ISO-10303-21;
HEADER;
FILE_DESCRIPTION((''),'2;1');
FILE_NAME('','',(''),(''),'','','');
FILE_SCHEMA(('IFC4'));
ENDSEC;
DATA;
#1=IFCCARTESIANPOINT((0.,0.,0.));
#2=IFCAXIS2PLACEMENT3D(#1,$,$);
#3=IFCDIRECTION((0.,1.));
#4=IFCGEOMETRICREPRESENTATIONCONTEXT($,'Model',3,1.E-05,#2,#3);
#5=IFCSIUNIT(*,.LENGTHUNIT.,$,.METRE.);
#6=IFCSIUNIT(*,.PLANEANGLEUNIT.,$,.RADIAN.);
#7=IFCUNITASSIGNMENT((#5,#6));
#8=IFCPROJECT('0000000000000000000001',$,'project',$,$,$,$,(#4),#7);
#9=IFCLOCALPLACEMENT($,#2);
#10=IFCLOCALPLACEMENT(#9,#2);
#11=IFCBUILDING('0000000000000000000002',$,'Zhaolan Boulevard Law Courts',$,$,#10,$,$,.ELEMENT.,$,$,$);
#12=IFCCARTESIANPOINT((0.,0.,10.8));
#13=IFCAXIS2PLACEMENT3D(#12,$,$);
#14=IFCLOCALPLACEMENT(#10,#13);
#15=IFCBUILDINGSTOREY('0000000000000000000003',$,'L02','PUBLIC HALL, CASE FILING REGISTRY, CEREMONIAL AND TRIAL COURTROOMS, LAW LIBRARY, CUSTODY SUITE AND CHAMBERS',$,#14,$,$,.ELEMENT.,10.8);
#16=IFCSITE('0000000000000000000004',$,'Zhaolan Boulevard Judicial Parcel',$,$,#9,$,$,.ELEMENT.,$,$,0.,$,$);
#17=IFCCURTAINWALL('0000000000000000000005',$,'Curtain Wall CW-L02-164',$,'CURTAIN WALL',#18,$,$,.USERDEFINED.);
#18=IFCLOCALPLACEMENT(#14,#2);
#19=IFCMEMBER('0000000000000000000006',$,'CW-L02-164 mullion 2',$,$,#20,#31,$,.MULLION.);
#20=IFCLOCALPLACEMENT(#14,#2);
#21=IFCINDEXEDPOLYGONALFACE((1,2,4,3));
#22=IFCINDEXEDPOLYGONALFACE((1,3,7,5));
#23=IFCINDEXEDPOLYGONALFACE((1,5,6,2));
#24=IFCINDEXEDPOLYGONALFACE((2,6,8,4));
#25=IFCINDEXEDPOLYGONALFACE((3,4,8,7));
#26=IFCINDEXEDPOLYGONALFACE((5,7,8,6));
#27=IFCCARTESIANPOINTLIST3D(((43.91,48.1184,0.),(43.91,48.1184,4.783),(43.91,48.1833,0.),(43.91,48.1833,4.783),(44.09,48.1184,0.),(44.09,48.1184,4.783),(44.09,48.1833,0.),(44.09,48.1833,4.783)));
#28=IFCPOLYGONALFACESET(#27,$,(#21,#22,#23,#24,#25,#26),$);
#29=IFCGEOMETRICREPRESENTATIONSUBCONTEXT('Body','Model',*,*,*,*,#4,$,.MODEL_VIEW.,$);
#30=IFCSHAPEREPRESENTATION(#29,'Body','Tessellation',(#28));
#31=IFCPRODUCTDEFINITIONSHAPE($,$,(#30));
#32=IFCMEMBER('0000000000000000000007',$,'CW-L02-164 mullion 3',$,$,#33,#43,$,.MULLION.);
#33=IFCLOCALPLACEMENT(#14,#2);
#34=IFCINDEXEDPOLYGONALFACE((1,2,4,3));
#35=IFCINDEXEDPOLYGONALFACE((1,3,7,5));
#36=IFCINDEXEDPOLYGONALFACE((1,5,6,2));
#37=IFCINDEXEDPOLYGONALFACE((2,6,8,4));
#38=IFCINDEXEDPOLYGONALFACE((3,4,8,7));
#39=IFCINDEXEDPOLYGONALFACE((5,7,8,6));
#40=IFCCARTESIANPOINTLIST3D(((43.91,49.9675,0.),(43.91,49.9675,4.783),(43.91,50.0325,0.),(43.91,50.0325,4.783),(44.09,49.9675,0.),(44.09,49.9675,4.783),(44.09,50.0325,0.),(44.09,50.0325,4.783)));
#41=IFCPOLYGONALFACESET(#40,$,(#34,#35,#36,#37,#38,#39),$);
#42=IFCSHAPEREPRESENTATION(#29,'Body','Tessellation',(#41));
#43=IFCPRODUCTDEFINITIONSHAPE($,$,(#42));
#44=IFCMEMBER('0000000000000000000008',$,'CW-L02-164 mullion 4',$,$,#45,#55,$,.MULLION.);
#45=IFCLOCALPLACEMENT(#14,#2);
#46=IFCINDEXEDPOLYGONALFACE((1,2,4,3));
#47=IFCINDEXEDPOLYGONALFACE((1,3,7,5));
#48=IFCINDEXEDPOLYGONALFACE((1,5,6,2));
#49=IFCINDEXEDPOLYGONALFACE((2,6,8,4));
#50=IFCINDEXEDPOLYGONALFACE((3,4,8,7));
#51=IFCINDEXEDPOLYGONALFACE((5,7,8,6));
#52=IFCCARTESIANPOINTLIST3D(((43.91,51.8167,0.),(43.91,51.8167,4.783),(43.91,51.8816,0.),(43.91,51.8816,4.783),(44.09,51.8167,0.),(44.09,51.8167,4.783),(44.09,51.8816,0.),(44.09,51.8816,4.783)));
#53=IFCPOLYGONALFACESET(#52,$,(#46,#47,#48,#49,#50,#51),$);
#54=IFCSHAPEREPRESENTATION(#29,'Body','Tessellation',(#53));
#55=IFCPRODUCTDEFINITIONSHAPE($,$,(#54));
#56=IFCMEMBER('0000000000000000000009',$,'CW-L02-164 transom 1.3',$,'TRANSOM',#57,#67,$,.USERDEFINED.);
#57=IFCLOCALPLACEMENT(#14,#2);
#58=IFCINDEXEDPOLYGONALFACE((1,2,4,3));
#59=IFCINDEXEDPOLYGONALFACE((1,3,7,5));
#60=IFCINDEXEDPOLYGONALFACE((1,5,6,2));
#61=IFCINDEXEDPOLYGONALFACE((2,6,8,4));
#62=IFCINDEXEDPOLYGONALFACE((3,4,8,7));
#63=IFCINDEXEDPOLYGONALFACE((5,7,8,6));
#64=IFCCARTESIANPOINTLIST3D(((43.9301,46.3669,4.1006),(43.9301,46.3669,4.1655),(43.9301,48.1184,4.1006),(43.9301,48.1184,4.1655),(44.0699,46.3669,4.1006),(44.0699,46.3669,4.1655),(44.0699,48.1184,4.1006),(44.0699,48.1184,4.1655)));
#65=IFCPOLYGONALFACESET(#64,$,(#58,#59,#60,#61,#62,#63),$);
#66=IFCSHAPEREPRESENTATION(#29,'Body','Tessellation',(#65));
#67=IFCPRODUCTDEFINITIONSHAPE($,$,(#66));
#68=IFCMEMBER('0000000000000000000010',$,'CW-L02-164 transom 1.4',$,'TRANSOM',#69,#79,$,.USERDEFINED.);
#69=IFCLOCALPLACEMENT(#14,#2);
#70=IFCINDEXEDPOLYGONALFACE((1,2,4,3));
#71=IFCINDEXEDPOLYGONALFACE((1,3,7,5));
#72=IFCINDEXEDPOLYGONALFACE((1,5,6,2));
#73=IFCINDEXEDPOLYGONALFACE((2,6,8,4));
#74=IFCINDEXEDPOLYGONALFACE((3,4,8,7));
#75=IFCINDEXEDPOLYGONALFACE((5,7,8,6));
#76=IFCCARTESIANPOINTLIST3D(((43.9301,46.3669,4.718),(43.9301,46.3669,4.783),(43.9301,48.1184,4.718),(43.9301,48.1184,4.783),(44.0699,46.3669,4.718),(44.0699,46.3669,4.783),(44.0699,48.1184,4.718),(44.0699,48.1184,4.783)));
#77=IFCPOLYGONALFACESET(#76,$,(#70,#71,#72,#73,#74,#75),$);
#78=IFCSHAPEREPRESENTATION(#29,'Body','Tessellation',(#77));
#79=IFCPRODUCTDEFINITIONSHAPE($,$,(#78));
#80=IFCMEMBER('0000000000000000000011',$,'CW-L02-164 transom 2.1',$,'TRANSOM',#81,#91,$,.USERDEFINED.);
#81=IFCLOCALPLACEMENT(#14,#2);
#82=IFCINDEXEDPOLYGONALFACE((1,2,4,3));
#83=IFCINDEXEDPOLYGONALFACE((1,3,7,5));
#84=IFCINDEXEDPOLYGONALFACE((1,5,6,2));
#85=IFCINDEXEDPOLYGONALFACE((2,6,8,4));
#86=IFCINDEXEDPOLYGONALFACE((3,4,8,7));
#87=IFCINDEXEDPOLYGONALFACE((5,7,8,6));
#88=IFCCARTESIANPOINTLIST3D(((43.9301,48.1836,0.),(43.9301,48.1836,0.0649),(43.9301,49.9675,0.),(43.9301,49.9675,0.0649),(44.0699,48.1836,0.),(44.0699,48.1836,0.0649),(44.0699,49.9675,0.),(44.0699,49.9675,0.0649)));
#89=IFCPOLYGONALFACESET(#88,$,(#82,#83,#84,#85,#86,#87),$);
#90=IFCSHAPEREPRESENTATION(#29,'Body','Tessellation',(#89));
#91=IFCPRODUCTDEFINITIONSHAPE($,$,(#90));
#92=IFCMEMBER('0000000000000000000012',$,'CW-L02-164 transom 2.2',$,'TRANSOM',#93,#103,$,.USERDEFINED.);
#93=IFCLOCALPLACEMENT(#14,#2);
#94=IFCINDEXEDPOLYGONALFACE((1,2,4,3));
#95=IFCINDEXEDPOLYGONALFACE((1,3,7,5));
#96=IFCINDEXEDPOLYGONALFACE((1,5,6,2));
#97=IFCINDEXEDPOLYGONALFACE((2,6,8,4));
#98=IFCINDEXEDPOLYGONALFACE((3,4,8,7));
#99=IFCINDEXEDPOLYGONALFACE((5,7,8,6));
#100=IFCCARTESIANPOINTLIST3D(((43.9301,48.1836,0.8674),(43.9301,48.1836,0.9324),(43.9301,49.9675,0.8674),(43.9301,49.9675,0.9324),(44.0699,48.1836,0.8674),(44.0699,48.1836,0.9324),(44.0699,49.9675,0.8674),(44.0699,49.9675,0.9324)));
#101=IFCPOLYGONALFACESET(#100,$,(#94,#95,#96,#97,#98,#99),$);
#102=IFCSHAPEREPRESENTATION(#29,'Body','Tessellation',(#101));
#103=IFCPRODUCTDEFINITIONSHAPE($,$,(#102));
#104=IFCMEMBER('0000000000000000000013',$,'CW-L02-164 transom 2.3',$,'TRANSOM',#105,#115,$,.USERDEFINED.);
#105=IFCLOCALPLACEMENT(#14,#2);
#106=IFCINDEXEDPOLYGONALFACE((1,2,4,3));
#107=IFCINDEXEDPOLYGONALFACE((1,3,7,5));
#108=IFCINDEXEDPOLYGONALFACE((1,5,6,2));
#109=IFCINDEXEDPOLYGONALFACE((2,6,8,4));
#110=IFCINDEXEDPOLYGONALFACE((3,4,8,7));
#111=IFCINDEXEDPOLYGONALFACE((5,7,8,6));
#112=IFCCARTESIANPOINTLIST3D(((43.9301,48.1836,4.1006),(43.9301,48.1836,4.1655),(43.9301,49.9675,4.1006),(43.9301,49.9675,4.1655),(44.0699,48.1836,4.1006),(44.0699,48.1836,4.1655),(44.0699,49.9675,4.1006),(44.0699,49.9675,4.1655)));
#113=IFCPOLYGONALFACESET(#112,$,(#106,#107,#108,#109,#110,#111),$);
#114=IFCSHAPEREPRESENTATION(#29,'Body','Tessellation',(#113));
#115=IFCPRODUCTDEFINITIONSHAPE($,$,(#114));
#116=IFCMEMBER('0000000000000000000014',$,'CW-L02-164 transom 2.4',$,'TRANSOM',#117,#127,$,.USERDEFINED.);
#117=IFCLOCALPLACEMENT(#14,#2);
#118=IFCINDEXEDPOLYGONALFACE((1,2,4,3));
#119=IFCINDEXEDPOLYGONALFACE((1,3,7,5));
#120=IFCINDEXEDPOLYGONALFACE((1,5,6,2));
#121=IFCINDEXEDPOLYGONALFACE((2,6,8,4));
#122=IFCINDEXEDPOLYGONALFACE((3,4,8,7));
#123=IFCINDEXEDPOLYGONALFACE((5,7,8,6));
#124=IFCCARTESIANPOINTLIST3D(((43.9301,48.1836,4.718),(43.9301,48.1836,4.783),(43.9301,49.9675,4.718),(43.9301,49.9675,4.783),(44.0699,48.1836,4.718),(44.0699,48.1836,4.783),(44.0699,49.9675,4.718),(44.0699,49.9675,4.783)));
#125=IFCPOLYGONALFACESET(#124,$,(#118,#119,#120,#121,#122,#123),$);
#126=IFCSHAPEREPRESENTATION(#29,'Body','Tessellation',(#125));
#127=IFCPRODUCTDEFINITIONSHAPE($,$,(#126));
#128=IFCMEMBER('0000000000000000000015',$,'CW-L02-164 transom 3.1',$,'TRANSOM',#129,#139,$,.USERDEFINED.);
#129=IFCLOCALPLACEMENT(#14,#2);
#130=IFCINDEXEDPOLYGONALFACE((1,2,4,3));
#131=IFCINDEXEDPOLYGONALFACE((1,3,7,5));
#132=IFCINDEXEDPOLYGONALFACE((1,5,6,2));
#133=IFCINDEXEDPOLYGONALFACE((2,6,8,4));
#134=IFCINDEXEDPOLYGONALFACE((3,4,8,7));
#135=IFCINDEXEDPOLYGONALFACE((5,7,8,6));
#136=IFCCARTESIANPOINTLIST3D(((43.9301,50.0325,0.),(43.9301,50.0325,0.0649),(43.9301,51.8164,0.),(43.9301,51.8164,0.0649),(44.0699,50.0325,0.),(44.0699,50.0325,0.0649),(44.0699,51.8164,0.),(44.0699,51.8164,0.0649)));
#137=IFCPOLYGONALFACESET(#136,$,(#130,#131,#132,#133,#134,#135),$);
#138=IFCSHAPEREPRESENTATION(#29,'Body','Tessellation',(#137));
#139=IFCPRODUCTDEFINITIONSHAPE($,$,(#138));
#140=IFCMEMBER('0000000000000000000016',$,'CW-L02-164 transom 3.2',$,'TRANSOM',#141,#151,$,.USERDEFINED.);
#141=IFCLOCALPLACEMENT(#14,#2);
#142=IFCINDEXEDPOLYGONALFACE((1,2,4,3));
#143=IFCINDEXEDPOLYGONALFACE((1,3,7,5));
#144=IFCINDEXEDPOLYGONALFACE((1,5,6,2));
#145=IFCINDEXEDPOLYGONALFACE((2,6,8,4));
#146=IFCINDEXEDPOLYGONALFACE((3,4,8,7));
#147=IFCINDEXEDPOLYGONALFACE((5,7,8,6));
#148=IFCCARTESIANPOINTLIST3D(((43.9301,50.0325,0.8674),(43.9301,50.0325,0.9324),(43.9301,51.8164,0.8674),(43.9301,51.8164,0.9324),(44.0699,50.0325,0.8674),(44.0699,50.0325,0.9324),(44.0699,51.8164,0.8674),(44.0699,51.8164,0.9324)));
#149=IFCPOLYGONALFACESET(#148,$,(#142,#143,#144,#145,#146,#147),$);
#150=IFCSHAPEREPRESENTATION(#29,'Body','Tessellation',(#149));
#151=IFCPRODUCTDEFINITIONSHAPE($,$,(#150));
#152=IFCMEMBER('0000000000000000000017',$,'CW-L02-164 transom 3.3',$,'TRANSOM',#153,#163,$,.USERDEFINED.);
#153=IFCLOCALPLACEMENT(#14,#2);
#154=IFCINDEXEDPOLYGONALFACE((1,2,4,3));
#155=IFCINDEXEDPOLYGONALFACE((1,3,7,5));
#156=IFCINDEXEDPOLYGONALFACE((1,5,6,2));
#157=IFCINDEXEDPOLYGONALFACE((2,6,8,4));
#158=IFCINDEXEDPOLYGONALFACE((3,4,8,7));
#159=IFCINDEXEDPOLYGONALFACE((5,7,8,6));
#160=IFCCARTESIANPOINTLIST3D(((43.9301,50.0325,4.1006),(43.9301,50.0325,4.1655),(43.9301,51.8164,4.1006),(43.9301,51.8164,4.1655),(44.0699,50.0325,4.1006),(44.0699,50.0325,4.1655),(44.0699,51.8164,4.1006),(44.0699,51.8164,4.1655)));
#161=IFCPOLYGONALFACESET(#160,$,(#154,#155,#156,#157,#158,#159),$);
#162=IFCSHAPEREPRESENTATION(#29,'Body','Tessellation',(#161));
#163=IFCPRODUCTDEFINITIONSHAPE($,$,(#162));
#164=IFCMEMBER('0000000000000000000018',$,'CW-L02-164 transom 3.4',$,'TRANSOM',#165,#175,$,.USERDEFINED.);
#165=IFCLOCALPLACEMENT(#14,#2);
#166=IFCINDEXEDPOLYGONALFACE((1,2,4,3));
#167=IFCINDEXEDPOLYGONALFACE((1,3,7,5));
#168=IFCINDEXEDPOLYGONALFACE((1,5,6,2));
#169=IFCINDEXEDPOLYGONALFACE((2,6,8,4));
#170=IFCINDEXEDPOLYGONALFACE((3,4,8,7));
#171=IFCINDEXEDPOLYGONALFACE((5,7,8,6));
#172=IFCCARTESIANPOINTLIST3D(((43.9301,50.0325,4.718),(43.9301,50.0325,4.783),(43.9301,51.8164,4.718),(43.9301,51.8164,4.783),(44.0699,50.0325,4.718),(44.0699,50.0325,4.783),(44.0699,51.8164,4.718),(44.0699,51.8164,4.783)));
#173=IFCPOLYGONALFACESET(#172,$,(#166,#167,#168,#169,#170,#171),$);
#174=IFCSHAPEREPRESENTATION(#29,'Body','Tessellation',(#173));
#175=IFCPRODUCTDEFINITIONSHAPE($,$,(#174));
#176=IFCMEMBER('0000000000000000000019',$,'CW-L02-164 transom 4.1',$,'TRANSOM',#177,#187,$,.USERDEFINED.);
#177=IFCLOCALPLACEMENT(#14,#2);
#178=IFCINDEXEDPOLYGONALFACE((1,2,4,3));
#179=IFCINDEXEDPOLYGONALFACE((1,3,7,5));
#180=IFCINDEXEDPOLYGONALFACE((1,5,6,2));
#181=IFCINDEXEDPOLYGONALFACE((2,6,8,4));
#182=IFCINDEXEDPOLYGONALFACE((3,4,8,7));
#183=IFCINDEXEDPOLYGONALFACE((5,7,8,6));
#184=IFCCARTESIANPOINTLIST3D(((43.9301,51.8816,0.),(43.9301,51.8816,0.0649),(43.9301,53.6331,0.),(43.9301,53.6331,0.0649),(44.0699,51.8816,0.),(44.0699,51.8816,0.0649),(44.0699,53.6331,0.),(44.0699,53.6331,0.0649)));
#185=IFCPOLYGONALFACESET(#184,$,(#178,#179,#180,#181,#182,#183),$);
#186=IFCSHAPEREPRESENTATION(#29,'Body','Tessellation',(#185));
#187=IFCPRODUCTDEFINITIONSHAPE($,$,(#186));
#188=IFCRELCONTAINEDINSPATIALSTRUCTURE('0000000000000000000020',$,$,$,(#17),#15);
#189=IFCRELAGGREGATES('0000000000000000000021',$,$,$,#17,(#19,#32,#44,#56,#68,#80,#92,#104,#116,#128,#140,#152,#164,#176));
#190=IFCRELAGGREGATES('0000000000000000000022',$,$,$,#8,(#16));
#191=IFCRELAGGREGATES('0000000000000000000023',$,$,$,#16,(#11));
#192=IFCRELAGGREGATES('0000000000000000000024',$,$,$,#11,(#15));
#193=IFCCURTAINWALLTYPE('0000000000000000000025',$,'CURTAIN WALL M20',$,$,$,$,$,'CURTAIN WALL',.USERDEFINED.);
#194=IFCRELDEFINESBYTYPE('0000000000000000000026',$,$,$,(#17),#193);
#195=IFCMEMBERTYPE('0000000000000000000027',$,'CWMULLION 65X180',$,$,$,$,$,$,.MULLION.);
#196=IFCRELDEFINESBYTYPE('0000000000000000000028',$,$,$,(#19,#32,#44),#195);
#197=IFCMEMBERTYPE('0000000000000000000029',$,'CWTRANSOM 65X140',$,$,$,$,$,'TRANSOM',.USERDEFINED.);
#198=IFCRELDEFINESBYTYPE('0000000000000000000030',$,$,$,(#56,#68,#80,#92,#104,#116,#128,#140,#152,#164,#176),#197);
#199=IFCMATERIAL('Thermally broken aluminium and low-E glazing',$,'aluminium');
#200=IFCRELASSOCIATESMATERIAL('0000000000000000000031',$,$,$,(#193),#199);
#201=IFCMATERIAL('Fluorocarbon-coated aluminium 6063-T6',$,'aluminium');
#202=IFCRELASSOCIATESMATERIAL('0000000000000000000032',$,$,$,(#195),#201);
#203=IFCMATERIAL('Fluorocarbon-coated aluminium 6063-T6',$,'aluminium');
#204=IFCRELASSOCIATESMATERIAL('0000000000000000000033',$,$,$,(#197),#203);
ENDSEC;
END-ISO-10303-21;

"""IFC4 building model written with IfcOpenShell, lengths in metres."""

from ifc_helpers import new_model, si_unit, direction, frame, origin, origin_2d, place, context, subcontext, project, spatial, rectangle, extrude, material, material_profile, profile_set, type_object, element, aggregate, save


model = new_model("IFC4")

# Units and contexts
model_context = context("Model", 3, precision=1e-05, world=origin(), true_north=direction((0.0, 1.0)))
body_context = subcontext(model_context, "Body", "Model", "MODEL_VIEW")
ifc_project = project(units=[si_unit("LENGTHUNIT", "METRE"), si_unit("PLANEANGLEUNIT", "RADIAN")], contexts=[model_context])

# Site, building, storey
site_placement = place(None, origin())
site = spatial("IfcSite", under=ifc_project, at=site_placement, Name="Zhaolan Boulevard Judicial Parcel", CompositionType="ELEMENT", RefElevation=0.0)
building_placement = place(site_placement, origin())
building = spatial("IfcBuilding", under=site, at=building_placement, Name="Zhaolan Boulevard Law Courts", CompositionType="ELEMENT")
storey_placement = place(building_placement, frame((0.0, 0.0, 10.8)))
storey = spatial("IfcBuildingStorey", under=building, at=storey_placement, Name="L02", Description="PUBLIC HALL, CASE FILING REGISTRY, CEREMONIAL AND TRIAL COURTROOMS, LAW LIBRARY, CUSTODY SUITE AND CHAMBERS", CompositionType="ELEMENT", Elevation=10.8)

# Curtain wall, members
ifc_material_1 = material(Name="Thermally broken aluminium and low-E glazing", Category="aluminium")
curtain_wall_type = type_object("IfcCurtainWallType", Name="CURTAIN WALL M20", ElementType="CURTAIN WALL", PredefinedType="USERDEFINED", material=ifc_material_1)
curtain_wall_placement = place(storey_placement, origin())
curtain_wall = element("IfcCurtainWall", 1, at=curtain_wall_placement, inside=storey, type_object=curtain_wall_type, Name="Curtain Wall CW-L02-164", ObjectType="CURTAIN WALL", PredefinedType="USERDEFINED")
ifc_material_2 = material(Name="Fluorocarbon-coated aluminium 6063-T6", Category="aluminium")
ifc_material_profile_1 = material_profile(ifc_material_2, rectangle(XDim=0.1799, YDim=0.0649, at=origin_2d()), Name="AL65x180")
ifc_profile_set_1 = profile_set([ifc_material_profile_1], Name="Fluorocarbon-coated aluminium 6063-T6")
member_type_1 = type_object("IfcMemberType", Name="CWMULLION 65X180", PredefinedType="MULLION", material=ifc_profile_set_1)
member_1_placement = place(storey_placement, frame((44.0, 48.1509, 0.0), z_axis=(0.0, 0.0, 1.0), x_axis=(-1.0, 0.0, 0.0)))
member_1 = element("IfcMember", 2, at=member_1_placement, type_object=member_type_1, Name="CW-L02-164 mullion 2", PredefinedType="MULLION", context=body_context, shape_type="SweptSolid", body=[
    extrude(rectangle(XDim=0.1799, YDim=0.0649, at=origin_2d()), origin(), (0.0, 0.0, 1.0), 4.783),
])
member_2_placement = place(storey_placement, frame((44.0, 50.0, 0.0), z_axis=(0.0, 0.0, 1.0), x_axis=(-1.0, 0.0, 0.0)))
member_2 = element("IfcMember", 3, at=member_2_placement, type_object=member_type_1, Name="CW-L02-164 mullion 3", PredefinedType="MULLION", context=body_context, shape_type="SweptSolid", body=[
    extrude(rectangle(XDim=0.1799, YDim=0.0649, at=origin_2d()), origin(), (0.0, 0.0, 1.0), 4.783),
])
member_3_placement = place(storey_placement, frame((44.0, 51.8491, 0.0), z_axis=(0.0, 0.0, 1.0), x_axis=(-1.0, 0.0, 0.0)))
member_3 = element("IfcMember", 4, at=member_3_placement, type_object=member_type_1, Name="CW-L02-164 mullion 4", PredefinedType="MULLION", context=body_context, shape_type="SweptSolid", body=[
    extrude(rectangle(XDim=0.1799, YDim=0.0649, at=origin_2d()), origin(), (0.0, 0.0, 1.0), 4.783),
])
ifc_material_3 = material(Name="Fluorocarbon-coated aluminium 6063-T6", Category="aluminium")
ifc_material_profile_2 = material_profile(ifc_material_3, rectangle(XDim=0.1399, YDim=0.0649, at=origin_2d()), Name="AL65x140")
ifc_profile_set_2 = profile_set([ifc_material_profile_2], Name="Fluorocarbon-coated aluminium 6063-T6")
member_type_2 = type_object("IfcMemberType", Name="CWTRANSOM 65X140", ElementType="TRANSOM", PredefinedType="USERDEFINED", material=ifc_profile_set_2)
member_4_placement = place(storey_placement, frame((44.0, 46.3669, 4.1331), z_axis=(0.0, 1.0, 0.0), x_axis=(-1.0, 0.0, 0.0)))
member_4 = element("IfcMember", 5, at=member_4_placement, type_object=member_type_2, Name="CW-L02-164 transom 1.3", ObjectType="TRANSOM", PredefinedType="USERDEFINED", context=body_context, shape_type="SweptSolid", body=[
    extrude(rectangle(XDim=0.1399, YDim=0.0649, at=origin_2d()), origin(), (0.0, 0.0, 1.0), 1.7515),
])
member_5_placement = place(storey_placement, frame((44.0, 46.3669, 4.7505), z_axis=(0.0, 1.0, 0.0), x_axis=(-1.0, 0.0, 0.0)))
member_5 = element("IfcMember", 6, at=member_5_placement, type_object=member_type_2, Name="CW-L02-164 transom 1.4", ObjectType="TRANSOM", PredefinedType="USERDEFINED", context=body_context, shape_type="SweptSolid", body=[
    extrude(rectangle(XDim=0.1399, YDim=0.0649, at=origin_2d()), origin(), (0.0, 0.0, 1.0), 1.7515),
])
member_6_placement = place(storey_placement, frame((44.0, 48.1836, 0.0325), z_axis=(0.0, 1.0, 0.0), x_axis=(-1.0, 0.0, 0.0)))
member_6 = element("IfcMember", 7, at=member_6_placement, type_object=member_type_2, Name="CW-L02-164 transom 2.1", ObjectType="TRANSOM", PredefinedType="USERDEFINED", context=body_context, shape_type="SweptSolid", body=[
    extrude(rectangle(XDim=0.1399, YDim=0.0649, at=origin_2d()), origin(), (0.0, 0.0, 1.0), 1.7839),
])
member_7_placement = place(storey_placement, frame((44.0, 48.1836, 0.8999), z_axis=(0.0, 1.0, 0.0), x_axis=(-1.0, 0.0, 0.0)))
member_7 = element("IfcMember", 8, at=member_7_placement, type_object=member_type_2, Name="CW-L02-164 transom 2.2", ObjectType="TRANSOM", PredefinedType="USERDEFINED", context=body_context, shape_type="SweptSolid", body=[
    extrude(rectangle(XDim=0.1399, YDim=0.0649, at=origin_2d()), origin(), (0.0, 0.0, 1.0), 1.7839),
])
member_8_placement = place(storey_placement, frame((44.0, 48.1836, 4.1331), z_axis=(0.0, 1.0, 0.0), x_axis=(-1.0, 0.0, 0.0)))
member_8 = element("IfcMember", 9, at=member_8_placement, type_object=member_type_2, Name="CW-L02-164 transom 2.3", ObjectType="TRANSOM", PredefinedType="USERDEFINED", context=body_context, shape_type="SweptSolid", body=[
    extrude(rectangle(XDim=0.1399, YDim=0.0649, at=origin_2d()), origin(), (0.0, 0.0, 1.0), 1.7839),
])
member_9_placement = place(storey_placement, frame((44.0, 48.1836, 4.7505), z_axis=(0.0, 1.0, 0.0), x_axis=(-1.0, 0.0, 0.0)))
member_9 = element("IfcMember", 10, at=member_9_placement, type_object=member_type_2, Name="CW-L02-164 transom 2.4", ObjectType="TRANSOM", PredefinedType="USERDEFINED", context=body_context, shape_type="SweptSolid", body=[
    extrude(rectangle(XDim=0.1399, YDim=0.0649, at=origin_2d()), origin(), (0.0, 0.0, 1.0), 1.7839),
])
member_10_placement = place(storey_placement, frame((44.0, 50.0325, 0.0325), z_axis=(0.0, 1.0, 0.0), x_axis=(-1.0, 0.0, 0.0)))
member_10 = element("IfcMember", 11, at=member_10_placement, type_object=member_type_2, Name="CW-L02-164 transom 3.1", ObjectType="TRANSOM", PredefinedType="USERDEFINED", context=body_context, shape_type="SweptSolid", body=[
    extrude(rectangle(XDim=0.1399, YDim=0.0649, at=origin_2d()), origin(), (0.0, 0.0, 1.0), 1.7839),
])
member_11_placement = place(storey_placement, frame((44.0, 50.0325, 0.8999), z_axis=(0.0, 1.0, 0.0), x_axis=(-1.0, 0.0, 0.0)))
member_11 = element("IfcMember", 12, at=member_11_placement, type_object=member_type_2, Name="CW-L02-164 transom 3.2", ObjectType="TRANSOM", PredefinedType="USERDEFINED", context=body_context, shape_type="SweptSolid", body=[
    extrude(rectangle(XDim=0.1399, YDim=0.0649, at=origin_2d()), origin(), (0.0, 0.0, 1.0), 1.7839),
])
member_12_placement = place(storey_placement, frame((44.0, 50.0325, 4.1331), z_axis=(0.0, 1.0, 0.0), x_axis=(-1.0, 0.0, 0.0)))
member_12 = element("IfcMember", 13, at=member_12_placement, type_object=member_type_2, Name="CW-L02-164 transom 3.3", ObjectType="TRANSOM", PredefinedType="USERDEFINED", context=body_context, shape_type="SweptSolid", body=[
    extrude(rectangle(XDim=0.1399, YDim=0.0649, at=origin_2d()), origin(), (0.0, 0.0, 1.0), 1.7839),
])
member_13_placement = place(storey_placement, frame((44.0, 50.0325, 4.7505), z_axis=(0.0, 1.0, 0.0), x_axis=(-1.0, 0.0, 0.0)))
member_13 = element("IfcMember", 14, at=member_13_placement, type_object=member_type_2, Name="CW-L02-164 transom 3.4", ObjectType="TRANSOM", PredefinedType="USERDEFINED", context=body_context, shape_type="SweptSolid", body=[
    extrude(rectangle(XDim=0.1399, YDim=0.0649, at=origin_2d()), origin(), (0.0, 0.0, 1.0), 1.7839),
])
member_14_placement = place(storey_placement, frame((44.0, 51.8816, 0.0325), z_axis=(0.0, 1.0, 0.0), x_axis=(-1.0, 0.0, 0.0)))
member_14 = element("IfcMember", 15, at=member_14_placement, type_object=member_type_2, Name="CW-L02-164 transom 4.1", ObjectType="TRANSOM", PredefinedType="USERDEFINED", context=body_context, shape_type="SweptSolid", body=[
    extrude(rectangle(XDim=0.1399, YDim=0.0649, at=origin_2d()), origin(), (0.0, 0.0, 1.0), 1.7515),
])
aggregate(curtain_wall, [member_1, member_2, member_3, member_4, member_5, member_6, member_7, member_8, member_9, member_10, member_11, member_12, member_13, member_14])

save(model, "model.ifc")
